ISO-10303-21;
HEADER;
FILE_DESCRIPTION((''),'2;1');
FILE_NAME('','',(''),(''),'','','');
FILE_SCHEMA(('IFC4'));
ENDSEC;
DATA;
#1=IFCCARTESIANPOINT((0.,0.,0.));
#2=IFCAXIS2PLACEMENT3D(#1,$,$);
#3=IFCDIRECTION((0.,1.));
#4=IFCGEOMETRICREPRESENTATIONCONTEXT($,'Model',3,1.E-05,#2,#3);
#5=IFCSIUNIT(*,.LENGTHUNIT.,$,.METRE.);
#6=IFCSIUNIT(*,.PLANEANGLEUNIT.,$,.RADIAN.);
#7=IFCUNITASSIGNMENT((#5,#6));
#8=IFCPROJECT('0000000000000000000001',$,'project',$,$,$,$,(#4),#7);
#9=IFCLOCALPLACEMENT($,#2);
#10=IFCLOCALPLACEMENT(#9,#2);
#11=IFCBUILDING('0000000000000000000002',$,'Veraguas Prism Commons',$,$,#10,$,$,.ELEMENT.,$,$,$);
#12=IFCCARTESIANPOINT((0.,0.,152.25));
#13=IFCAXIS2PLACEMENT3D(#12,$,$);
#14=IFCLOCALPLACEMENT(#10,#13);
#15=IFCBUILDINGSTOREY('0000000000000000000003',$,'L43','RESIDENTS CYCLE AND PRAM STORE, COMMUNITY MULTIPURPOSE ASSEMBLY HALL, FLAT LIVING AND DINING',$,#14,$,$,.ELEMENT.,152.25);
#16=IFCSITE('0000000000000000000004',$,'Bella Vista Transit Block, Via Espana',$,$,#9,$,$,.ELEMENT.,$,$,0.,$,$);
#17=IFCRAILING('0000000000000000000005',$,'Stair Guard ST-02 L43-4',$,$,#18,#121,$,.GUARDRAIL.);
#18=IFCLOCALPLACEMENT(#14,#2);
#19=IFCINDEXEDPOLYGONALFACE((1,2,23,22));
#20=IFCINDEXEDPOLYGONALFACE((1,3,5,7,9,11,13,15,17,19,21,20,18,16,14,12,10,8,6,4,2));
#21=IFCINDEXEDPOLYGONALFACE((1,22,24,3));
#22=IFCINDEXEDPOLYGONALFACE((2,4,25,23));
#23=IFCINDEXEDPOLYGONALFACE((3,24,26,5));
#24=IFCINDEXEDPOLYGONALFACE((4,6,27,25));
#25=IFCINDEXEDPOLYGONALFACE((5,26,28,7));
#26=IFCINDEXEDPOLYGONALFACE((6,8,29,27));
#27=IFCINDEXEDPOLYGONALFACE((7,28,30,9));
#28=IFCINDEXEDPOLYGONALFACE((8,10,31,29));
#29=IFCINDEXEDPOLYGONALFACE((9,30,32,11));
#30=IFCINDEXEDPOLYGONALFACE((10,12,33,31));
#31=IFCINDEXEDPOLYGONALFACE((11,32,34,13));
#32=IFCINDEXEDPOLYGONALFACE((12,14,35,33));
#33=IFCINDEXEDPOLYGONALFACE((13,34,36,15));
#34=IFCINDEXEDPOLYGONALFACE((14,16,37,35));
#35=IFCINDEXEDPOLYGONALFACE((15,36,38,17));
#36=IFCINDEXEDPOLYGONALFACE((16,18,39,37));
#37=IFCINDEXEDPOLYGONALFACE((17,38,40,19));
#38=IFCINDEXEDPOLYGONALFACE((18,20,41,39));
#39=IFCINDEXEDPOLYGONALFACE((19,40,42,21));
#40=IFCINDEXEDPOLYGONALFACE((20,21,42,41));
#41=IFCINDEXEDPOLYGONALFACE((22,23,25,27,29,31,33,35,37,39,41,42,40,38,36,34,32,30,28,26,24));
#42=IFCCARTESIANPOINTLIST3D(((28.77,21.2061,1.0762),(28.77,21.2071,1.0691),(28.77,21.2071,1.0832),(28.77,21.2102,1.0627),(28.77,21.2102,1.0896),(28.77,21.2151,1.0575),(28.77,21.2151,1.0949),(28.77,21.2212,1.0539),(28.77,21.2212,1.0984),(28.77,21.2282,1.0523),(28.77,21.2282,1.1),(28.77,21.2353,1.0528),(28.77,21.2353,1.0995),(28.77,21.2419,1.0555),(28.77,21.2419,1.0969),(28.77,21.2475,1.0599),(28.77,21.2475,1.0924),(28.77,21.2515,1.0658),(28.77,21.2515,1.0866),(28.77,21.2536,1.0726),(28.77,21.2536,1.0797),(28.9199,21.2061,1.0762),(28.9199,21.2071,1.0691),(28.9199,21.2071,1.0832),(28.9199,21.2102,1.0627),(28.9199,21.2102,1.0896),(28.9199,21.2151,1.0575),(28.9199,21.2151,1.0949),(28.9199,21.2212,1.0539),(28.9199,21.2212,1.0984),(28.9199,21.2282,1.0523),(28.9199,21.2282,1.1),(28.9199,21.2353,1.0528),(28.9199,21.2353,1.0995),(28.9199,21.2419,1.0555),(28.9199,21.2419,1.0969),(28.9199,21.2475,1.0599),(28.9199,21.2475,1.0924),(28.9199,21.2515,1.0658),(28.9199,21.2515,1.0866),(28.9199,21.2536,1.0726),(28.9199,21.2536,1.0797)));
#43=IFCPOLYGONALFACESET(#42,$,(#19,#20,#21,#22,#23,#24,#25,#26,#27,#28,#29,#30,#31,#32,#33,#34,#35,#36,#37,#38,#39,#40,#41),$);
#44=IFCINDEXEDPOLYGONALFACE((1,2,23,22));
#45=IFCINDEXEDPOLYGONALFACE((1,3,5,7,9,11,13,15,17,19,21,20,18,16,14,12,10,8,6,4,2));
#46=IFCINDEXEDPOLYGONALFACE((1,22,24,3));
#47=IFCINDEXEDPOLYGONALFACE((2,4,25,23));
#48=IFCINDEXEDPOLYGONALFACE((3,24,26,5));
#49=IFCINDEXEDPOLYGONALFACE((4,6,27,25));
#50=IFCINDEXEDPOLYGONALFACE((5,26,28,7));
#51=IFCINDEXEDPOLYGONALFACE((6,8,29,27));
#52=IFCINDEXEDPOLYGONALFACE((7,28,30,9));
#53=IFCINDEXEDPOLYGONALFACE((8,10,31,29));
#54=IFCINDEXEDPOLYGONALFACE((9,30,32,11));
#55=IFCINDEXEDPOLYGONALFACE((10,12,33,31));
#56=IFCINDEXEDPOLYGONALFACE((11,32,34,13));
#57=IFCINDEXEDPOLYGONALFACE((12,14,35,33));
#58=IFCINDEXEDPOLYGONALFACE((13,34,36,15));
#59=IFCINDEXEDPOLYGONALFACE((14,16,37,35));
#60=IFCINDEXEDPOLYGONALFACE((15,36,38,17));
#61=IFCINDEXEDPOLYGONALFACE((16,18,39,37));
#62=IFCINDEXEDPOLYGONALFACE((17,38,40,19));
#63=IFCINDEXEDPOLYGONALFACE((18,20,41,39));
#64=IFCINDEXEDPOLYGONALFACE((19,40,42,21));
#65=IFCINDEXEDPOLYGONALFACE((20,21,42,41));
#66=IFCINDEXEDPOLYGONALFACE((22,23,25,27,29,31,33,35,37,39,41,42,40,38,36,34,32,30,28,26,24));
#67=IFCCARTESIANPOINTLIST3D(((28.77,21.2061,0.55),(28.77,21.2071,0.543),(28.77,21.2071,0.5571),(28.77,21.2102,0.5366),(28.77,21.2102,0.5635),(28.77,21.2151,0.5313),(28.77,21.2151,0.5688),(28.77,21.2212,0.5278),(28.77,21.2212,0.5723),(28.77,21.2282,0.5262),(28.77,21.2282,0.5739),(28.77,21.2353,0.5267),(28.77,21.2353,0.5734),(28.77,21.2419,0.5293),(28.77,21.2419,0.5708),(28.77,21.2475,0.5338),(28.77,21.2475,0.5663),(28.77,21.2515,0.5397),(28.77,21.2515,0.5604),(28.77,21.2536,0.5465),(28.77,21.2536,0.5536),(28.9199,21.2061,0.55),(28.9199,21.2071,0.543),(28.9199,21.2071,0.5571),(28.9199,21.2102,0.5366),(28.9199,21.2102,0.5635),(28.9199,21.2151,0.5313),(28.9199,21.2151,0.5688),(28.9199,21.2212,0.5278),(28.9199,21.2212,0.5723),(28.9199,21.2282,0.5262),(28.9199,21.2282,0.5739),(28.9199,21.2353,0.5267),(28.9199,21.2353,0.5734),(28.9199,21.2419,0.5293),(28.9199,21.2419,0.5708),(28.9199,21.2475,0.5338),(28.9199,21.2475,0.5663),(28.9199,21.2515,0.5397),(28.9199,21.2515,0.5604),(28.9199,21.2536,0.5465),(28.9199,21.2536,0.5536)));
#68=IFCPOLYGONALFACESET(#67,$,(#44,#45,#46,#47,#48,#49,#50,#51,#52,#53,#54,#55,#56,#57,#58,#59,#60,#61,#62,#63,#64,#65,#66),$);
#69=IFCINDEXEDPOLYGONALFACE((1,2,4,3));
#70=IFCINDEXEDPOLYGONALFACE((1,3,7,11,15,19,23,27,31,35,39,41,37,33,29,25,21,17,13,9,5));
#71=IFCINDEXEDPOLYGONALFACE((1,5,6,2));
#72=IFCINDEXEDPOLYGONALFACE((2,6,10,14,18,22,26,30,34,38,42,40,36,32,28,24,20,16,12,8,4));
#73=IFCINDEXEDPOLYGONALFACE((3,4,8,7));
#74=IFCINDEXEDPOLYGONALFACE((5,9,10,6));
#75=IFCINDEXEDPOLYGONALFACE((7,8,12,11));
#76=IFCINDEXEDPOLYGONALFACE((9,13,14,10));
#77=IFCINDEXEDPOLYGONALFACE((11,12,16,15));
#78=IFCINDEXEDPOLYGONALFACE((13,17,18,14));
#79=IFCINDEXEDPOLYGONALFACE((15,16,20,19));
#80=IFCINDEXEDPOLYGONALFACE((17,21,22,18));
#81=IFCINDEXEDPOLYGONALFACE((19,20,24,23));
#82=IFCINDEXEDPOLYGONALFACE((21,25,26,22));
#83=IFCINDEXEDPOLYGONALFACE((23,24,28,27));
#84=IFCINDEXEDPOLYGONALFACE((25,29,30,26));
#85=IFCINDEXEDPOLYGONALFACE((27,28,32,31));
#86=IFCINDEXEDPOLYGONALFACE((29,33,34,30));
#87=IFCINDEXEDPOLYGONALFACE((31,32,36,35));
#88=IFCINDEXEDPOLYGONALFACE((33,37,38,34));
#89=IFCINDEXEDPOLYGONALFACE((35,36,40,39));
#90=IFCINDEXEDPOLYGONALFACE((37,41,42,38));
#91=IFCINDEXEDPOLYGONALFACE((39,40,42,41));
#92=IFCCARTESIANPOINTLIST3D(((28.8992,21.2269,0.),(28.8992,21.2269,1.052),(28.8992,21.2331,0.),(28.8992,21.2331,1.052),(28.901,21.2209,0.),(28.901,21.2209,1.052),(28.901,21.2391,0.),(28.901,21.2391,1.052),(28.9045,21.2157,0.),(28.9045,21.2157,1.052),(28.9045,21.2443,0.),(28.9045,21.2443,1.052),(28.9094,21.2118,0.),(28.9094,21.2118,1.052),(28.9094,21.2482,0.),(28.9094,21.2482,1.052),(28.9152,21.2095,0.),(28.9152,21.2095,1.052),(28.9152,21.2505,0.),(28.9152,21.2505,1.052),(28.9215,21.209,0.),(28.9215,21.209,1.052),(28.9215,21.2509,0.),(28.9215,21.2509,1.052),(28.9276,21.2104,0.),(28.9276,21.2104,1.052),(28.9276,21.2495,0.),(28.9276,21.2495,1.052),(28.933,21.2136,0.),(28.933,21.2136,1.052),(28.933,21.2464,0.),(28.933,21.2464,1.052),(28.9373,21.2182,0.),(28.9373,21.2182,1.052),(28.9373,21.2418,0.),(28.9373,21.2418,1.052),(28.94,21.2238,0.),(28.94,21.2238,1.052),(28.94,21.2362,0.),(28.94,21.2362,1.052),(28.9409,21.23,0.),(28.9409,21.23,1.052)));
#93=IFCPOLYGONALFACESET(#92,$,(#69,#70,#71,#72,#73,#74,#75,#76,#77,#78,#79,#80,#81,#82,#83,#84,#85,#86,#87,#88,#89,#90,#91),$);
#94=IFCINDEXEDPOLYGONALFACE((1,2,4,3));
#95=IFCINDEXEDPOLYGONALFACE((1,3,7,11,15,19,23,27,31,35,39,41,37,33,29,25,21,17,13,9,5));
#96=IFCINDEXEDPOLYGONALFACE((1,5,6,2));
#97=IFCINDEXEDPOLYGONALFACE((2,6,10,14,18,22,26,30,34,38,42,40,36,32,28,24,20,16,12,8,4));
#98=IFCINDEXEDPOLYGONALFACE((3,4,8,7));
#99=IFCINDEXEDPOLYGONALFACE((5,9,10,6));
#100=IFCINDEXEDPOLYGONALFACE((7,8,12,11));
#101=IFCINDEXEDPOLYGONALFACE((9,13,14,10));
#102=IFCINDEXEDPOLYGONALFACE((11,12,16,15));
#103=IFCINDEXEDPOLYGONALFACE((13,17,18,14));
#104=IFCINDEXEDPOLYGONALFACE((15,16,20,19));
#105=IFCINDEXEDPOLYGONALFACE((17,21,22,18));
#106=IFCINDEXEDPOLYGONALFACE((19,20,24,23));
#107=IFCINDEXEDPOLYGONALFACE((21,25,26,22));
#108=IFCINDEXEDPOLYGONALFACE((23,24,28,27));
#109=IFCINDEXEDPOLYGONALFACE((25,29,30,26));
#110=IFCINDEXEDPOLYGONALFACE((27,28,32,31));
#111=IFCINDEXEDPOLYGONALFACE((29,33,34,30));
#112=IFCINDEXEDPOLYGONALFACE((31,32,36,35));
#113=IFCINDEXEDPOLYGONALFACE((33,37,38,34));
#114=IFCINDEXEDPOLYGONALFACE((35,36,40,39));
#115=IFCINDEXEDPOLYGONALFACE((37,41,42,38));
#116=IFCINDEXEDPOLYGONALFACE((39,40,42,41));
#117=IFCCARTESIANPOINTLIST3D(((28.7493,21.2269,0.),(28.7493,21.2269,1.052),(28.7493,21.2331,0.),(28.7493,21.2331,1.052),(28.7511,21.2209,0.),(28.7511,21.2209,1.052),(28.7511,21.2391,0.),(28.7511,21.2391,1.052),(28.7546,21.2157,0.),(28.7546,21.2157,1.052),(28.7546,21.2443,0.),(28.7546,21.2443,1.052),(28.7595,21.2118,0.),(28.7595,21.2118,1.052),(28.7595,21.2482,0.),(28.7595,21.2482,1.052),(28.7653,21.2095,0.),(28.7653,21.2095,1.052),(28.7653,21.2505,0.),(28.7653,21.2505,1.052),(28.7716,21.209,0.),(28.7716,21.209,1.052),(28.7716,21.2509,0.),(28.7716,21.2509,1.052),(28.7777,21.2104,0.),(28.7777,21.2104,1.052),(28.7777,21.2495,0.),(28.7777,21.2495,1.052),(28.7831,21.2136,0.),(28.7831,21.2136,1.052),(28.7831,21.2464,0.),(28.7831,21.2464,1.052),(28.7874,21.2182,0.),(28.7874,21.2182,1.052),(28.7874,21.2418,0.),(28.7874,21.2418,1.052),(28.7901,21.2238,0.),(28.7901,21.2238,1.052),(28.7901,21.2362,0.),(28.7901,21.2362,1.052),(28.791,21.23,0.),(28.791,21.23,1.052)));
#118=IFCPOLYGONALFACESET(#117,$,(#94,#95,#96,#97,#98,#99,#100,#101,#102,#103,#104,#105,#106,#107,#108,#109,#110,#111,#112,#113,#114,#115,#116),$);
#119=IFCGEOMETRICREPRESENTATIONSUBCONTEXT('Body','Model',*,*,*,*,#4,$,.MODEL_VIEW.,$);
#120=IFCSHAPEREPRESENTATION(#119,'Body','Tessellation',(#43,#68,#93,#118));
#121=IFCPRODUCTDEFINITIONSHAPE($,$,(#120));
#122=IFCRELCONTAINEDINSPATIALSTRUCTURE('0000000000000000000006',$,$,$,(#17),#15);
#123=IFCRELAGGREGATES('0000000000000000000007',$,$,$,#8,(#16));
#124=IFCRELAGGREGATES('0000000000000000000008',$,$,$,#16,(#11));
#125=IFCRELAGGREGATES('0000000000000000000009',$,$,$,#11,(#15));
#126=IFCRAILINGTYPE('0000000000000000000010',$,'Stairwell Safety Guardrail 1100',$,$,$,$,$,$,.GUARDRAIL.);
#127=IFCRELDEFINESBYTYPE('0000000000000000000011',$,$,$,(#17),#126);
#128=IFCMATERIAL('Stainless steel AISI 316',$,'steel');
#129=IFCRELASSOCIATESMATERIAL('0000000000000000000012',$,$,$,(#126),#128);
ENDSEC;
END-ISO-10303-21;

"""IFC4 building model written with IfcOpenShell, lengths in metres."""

from ifc_helpers import new_model, si_unit, direction, frame, origin, origin_2d, place, context, subcontext, project, spatial, circle, extrude, material, type_object, element, save


model = new_model("IFC4")

# Units and contexts
model_context = context("Model", 3, precision=1e-05, world=origin(), true_north=direction((0.0, 1.0)))
body_context = subcontext(model_context, "Body", "Model", "MODEL_VIEW")
ifc_project = project(units=[si_unit("LENGTHUNIT", "METRE"), si_unit("PLANEANGLEUNIT", "RADIAN")], contexts=[model_context])

# Site, building, storey
site_placement = place(None, origin())
site = spatial("IfcSite", under=ifc_project, at=site_placement, Name="Bella Vista Transit Block, Via Espana", CompositionType="ELEMENT", RefElevation=0.0)
building_placement = place(site_placement, origin())
building = spatial("IfcBuilding", under=site, at=building_placement, Name="Veraguas Prism Commons", CompositionType="ELEMENT")
storey_placement = place(building_placement, frame((0.0, 0.0, 152.25)))
storey = spatial("IfcBuildingStorey", under=building, at=storey_placement, Name="L43", Description="RESIDENTS CYCLE AND PRAM STORE, COMMUNITY MULTIPURPOSE ASSEMBLY HALL, FLAT LIVING AND DINING", CompositionType="ELEMENT", Elevation=152.25)

# Shared definitions
ifc_material_1 = material(Name="Stainless steel AISI 316", Category="steel")

# Railing
railing_type_1 = type_object("IfcRailingType", Name="Stairwell Safety Guardrail 1100", PredefinedType="GUARDRAIL", material=ifc_material_1)
railing_1_placement = place(storey_placement, frame((28.9199, 21.23, 0.0)))
element("IfcRailing", 1, at=railing_1_placement, inside=storey, type_object=railing_type_1, Name="Stair Guard ST-02 L43-4", PredefinedType="GUARDRAIL", context=body_context, shape_type="SweptSolid", body=[
    extrude(circle(Radius=0.0239, at=origin_2d()), frame((0.0, 0.0, 1.0762), z_axis=(-1.0, 0.0, 0.0), x_axis=(0.0, -1.0, 0.0)), (0.0, 0.0, 1.0), 0.1499),
    extrude(circle(Radius=0.0239, at=origin_2d()), frame((0.0, 0.0, 0.55), z_axis=(-1.0, 0.0, 0.0), x_axis=(0.0, -1.0, 0.0)), (0.0, 0.0, 1.0), 0.1499),
    extrude(circle(Radius=0.021, at=origin_2d()), origin(), (0.0, 0.0, 1.0), 1.052),
    extrude(circle(Radius=0.021, at=origin_2d()), frame((-0.1499, 0.0, 0.0)), (0.0, 0.0, 1.0), 1.052),
])

save(model, "model.ifc")
